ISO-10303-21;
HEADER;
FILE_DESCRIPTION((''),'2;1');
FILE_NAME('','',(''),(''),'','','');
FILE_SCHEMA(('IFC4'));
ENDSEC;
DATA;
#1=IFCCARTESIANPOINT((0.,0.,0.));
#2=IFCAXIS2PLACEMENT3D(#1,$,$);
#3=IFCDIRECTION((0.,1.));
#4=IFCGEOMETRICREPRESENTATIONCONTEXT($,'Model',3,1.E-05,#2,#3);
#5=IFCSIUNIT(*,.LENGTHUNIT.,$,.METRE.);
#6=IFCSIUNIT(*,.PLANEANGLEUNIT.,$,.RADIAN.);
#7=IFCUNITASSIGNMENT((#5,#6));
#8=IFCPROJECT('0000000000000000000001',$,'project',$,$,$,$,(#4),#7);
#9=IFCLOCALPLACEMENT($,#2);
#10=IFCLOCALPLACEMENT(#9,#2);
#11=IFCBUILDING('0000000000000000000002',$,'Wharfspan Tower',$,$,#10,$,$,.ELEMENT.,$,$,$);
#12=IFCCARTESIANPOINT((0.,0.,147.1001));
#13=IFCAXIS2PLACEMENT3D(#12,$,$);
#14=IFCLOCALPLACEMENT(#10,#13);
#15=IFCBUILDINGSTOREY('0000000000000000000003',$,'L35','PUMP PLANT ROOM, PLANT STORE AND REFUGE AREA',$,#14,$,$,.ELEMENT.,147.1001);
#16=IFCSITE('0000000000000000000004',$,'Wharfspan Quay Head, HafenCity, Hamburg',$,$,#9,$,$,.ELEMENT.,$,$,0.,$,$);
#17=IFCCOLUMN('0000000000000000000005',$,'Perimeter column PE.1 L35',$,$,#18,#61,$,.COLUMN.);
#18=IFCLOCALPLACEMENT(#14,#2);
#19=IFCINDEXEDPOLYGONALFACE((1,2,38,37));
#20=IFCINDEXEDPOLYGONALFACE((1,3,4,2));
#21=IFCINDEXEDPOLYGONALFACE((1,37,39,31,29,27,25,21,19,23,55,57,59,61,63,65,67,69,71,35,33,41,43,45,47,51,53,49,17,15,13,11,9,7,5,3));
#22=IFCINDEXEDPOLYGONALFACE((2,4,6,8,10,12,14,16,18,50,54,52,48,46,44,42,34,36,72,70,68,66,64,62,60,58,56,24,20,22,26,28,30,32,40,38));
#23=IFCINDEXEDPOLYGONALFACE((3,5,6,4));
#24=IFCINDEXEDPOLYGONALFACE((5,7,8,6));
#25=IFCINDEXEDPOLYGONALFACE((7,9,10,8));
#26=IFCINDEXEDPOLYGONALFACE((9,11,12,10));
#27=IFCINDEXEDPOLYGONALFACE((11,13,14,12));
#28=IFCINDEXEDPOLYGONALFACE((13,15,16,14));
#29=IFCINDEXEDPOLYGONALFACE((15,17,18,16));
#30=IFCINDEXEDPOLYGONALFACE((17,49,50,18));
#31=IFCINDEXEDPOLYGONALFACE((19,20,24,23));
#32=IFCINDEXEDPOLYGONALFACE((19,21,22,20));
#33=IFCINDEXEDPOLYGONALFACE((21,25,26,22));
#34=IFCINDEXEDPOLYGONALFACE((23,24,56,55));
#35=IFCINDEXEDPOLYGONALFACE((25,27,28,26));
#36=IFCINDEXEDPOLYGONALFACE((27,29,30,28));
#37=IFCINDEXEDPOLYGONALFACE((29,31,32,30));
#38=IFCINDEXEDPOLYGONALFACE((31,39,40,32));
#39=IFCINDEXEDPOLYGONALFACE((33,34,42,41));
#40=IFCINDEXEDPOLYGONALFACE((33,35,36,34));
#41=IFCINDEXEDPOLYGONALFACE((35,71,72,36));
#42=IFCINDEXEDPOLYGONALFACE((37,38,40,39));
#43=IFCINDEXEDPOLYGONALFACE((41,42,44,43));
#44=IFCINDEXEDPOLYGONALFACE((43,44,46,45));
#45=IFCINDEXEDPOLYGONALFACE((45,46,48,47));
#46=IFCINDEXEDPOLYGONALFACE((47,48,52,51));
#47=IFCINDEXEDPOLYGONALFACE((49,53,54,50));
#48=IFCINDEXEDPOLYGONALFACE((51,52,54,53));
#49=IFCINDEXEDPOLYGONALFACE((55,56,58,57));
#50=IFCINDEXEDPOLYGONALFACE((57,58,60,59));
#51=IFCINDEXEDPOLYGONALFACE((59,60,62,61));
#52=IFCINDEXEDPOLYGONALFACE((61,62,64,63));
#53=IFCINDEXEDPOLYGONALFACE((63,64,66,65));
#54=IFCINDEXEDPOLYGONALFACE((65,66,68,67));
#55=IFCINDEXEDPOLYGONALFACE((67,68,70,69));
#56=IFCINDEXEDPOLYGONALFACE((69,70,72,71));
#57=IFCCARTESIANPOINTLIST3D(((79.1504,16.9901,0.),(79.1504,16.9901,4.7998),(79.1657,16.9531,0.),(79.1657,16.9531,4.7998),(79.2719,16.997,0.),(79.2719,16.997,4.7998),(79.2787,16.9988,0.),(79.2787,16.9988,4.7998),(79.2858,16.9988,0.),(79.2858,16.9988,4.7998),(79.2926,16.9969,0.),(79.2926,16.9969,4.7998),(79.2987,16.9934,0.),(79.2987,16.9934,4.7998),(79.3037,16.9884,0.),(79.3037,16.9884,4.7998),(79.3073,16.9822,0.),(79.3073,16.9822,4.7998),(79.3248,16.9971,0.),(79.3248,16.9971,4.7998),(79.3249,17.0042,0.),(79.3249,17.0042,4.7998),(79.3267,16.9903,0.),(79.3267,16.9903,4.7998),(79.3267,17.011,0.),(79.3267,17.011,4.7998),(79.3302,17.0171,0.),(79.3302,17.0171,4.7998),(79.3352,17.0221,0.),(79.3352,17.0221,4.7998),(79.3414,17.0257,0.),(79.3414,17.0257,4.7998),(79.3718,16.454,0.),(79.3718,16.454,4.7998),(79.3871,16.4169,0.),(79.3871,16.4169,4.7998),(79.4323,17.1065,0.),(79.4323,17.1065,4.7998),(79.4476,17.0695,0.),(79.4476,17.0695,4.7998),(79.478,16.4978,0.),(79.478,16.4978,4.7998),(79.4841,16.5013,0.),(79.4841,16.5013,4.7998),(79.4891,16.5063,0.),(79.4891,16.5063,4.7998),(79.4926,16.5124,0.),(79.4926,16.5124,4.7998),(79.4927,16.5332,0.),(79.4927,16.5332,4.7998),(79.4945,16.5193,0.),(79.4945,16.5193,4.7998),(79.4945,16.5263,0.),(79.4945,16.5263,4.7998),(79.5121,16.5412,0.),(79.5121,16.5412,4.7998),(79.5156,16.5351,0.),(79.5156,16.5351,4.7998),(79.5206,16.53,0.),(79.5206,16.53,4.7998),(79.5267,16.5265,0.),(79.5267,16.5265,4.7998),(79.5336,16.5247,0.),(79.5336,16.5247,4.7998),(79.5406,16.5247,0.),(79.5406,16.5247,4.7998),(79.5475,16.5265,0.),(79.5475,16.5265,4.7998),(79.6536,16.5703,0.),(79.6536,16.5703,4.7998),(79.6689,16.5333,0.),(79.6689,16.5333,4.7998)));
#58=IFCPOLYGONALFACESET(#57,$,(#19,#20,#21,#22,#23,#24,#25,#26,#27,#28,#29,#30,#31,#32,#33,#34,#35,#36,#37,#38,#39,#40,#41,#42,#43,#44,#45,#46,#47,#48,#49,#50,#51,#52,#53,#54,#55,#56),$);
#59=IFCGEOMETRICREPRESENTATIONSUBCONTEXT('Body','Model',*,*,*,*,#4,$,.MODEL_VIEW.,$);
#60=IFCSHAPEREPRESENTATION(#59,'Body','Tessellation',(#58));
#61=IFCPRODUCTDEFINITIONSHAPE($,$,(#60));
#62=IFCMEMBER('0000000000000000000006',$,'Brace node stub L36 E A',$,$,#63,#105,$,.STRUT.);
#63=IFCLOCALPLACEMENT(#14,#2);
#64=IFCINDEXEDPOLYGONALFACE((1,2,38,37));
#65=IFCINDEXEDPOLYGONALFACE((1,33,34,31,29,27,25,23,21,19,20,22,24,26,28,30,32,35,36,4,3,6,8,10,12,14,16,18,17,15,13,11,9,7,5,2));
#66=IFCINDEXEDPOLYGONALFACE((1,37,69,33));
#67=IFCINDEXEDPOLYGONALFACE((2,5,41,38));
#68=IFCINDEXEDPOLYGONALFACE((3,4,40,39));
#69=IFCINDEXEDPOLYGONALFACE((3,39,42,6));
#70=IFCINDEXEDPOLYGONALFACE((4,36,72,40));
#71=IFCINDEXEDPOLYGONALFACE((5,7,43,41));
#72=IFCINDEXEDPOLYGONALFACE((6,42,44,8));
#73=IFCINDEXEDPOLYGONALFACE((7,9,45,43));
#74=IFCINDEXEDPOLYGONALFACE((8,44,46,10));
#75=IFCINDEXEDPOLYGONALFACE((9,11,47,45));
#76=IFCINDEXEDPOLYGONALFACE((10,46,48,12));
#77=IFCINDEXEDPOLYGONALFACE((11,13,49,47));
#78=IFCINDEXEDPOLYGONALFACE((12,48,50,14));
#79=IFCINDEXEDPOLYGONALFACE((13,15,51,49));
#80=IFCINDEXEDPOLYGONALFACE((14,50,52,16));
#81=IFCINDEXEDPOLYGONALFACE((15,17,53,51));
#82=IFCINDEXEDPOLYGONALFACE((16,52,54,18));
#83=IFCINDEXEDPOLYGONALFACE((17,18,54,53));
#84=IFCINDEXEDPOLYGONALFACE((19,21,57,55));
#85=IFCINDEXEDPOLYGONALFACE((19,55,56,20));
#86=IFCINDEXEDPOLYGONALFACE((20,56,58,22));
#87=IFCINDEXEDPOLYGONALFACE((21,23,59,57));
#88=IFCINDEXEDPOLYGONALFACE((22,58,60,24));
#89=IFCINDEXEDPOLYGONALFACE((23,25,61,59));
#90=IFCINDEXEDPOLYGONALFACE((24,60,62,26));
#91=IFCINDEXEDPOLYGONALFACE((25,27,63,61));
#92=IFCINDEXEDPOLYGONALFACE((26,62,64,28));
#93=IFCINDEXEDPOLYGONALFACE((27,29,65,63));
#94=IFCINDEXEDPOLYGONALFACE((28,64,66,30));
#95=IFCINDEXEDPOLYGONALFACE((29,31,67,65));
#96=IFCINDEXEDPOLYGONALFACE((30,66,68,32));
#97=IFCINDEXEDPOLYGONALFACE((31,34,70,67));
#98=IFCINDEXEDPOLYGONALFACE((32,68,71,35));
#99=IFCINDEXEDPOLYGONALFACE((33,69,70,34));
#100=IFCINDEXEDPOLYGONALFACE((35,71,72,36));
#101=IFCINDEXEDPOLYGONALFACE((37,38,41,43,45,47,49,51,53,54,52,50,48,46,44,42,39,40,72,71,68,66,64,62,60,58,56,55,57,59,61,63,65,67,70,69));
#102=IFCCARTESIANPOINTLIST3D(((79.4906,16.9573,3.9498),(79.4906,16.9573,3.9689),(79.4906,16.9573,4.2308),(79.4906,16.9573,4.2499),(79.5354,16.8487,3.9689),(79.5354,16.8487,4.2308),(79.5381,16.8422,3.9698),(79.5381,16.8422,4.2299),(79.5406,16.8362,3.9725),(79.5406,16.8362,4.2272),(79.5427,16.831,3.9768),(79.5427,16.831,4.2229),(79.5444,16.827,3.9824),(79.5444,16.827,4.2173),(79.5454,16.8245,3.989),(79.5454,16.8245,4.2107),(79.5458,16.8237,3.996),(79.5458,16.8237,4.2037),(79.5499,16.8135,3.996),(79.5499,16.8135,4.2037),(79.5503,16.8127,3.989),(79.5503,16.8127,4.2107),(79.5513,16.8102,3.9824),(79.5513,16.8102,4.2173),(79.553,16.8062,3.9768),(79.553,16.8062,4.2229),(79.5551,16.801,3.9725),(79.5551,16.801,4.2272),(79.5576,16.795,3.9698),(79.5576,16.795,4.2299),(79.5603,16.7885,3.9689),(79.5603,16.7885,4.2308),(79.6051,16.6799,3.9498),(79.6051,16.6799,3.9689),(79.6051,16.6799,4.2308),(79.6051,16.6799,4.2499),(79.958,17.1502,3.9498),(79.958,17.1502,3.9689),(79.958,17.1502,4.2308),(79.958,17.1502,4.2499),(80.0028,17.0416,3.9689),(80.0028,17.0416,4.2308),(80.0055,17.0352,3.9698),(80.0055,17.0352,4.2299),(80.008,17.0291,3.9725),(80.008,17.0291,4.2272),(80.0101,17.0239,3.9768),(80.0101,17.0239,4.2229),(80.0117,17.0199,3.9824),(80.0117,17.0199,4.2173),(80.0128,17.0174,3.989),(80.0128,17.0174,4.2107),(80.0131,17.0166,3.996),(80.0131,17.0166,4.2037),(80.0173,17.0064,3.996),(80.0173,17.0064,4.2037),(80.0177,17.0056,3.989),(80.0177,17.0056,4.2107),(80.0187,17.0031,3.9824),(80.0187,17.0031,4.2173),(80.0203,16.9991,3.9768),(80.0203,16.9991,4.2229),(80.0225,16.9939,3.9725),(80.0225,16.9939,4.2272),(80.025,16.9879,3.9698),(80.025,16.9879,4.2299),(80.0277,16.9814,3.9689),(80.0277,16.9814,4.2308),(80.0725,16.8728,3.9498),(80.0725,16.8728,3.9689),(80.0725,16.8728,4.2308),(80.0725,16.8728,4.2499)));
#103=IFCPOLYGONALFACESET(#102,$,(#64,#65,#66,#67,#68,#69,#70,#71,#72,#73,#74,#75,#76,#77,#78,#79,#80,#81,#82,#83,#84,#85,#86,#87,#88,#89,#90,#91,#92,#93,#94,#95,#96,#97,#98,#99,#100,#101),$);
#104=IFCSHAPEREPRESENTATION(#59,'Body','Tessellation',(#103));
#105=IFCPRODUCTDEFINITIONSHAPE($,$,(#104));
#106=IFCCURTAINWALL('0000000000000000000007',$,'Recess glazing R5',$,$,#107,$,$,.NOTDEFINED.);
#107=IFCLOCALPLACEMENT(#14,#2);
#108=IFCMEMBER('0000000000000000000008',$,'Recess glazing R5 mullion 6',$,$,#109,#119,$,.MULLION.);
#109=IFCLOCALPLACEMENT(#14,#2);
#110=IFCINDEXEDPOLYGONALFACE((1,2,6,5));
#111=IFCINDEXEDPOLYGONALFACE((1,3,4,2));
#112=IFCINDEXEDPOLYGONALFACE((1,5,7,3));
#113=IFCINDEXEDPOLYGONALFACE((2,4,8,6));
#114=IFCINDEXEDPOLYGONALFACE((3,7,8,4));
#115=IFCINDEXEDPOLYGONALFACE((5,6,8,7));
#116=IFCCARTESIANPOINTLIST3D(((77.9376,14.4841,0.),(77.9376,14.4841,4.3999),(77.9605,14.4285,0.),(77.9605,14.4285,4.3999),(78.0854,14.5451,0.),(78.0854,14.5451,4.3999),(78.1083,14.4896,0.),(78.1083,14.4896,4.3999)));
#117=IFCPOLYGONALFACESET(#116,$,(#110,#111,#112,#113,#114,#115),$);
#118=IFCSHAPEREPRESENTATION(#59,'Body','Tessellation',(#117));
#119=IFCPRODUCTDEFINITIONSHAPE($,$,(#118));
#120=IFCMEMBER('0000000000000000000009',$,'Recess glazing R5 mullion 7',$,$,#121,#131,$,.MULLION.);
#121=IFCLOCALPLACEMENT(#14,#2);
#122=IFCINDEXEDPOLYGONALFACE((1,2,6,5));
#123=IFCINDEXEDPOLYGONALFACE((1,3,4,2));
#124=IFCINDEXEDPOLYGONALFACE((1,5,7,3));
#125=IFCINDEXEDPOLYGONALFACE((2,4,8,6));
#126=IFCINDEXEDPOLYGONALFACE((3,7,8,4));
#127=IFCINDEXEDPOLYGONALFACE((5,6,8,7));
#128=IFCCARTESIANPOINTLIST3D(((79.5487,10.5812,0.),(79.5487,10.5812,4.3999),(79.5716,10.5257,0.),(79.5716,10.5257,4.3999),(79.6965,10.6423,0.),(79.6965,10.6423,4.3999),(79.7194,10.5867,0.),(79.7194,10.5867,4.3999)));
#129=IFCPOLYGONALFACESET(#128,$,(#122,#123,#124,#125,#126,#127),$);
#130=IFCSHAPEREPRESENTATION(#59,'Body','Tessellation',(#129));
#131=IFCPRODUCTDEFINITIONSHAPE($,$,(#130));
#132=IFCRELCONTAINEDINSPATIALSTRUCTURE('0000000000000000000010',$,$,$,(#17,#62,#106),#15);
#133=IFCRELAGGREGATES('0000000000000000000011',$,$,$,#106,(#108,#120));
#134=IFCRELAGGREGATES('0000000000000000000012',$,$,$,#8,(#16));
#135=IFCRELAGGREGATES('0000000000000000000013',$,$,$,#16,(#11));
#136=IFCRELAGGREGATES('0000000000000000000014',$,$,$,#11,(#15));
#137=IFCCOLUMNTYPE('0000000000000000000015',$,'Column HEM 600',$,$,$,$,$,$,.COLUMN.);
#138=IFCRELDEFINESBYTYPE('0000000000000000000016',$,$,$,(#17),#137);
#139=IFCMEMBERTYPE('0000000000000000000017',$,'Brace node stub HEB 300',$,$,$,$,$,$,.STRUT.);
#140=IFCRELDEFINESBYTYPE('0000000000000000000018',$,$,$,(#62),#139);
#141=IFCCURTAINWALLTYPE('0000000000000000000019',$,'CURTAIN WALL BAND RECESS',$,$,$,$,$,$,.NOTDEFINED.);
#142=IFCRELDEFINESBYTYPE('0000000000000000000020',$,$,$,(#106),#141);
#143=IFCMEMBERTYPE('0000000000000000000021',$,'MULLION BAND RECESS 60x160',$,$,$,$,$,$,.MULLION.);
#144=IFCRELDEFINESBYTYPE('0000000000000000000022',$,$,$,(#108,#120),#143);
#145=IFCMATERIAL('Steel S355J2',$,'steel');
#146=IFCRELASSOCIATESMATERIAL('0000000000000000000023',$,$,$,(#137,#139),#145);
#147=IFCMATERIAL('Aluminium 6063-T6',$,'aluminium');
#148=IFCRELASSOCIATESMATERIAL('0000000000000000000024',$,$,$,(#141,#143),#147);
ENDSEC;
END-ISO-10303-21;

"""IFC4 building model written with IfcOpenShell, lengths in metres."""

from ifc_helpers import new_model, si_unit, direction, frame, origin, origin_2d, place, context, subcontext, project, spatial, rectangle, i_section, extrude, material, material_profile, profile_set, type_object, element, aggregate, save


model = new_model("IFC4")

# Units and contexts
model_context = context("Model", 3, precision=1e-05, world=origin(), true_north=direction((0.0, 1.0)))
body_context = subcontext(model_context, "Body", "Model", "MODEL_VIEW")
ifc_project = project(units=[si_unit("LENGTHUNIT", "METRE"), si_unit("PLANEANGLEUNIT", "RADIAN")], contexts=[model_context])

# Site, building, storey
site_placement = place(None, origin())
site = spatial("IfcSite", under=ifc_project, at=site_placement, Name="Wharfspan Quay Head, HafenCity, Hamburg", CompositionType="ELEMENT", RefElevation=0.0)
building_placement = place(site_placement, origin())
building = spatial("IfcBuilding", under=site, at=building_placement, Name="Wharfspan Tower", CompositionType="ELEMENT")
storey_placement = place(building_placement, frame((0.0, 0.0, 147.1001)))
storey = spatial("IfcBuildingStorey", under=building, at=storey_placement, Name="L35", Description="PUMP PLANT ROOM, PLANT STORE AND REFUGE AREA", CompositionType="ELEMENT", Elevation=147.1001)

# Column
ifc_material_1 = material(Name="Steel S355J2", Category="steel")
ifc_material_profile_1 = material_profile(ifc_material_1, i_section(OverallWidth=0.3049, OverallDepth=0.6201, WebThickness=0.021, FlangeThickness=0.04, FilletRadius=0.0271, at=origin_2d()))
ifc_profile_set_1 = profile_set([ifc_material_profile_1], Name="Steel S355J2")
column_type = type_object("IfcColumnType", Name="Column HEM 600", PredefinedType="COLUMN", material=ifc_profile_set_1)
column_placement = place(storey_placement, frame((79.4097, 16.7617, 0.0), z_axis=(0.0, 0.0, 1.0), x_axis=(0.924325, 0.381602, 0.0)))
element("IfcColumn", 1, at=column_placement, inside=storey, type_object=column_type, Name="Perimeter column PE.1 L35", PredefinedType="COLUMN", context=body_context, shape_type="SweptSolid", body=[
    extrude(i_section(OverallWidth=0.3049, OverallDepth=0.6201, WebThickness=0.021, FlangeThickness=0.04, FilletRadius=0.0271, at=origin_2d()), origin(), (0.0, 0.0, 1.0), 4.7998),
])

# Member
ifc_material_profile_2 = material_profile(ifc_material_1, i_section(OverallWidth=0.3, OverallDepth=0.3, WebThickness=0.011, FlangeThickness=0.019, FilletRadius=0.0271, at=origin_2d()))
ifc_profile_set_2 = profile_set([ifc_material_profile_2], Name="Steel S355J2")
member_type_1 = type_object("IfcMemberType", Name="Brace node stub HEB 300", PredefinedType="STRUT", material=ifc_profile_set_2)
member_1_placement = place(storey_placement, frame((79.5479, 16.8186, 4.0999), z_axis=(0.924358, 0.381527, 0.0), x_axis=(-0.381527, 0.924358, 0.0)))
element("IfcMember", 2, at=member_1_placement, inside=storey, type_object=member_type_1, Name="Brace node stub L36 E A", PredefinedType="STRUT", context=body_context, shape_type="SweptSolid", body=[
    extrude(i_section(OverallWidth=0.3, OverallDepth=0.3, WebThickness=0.011, FlangeThickness=0.019, FilletRadius=0.0271, at=origin_2d()), origin(), (0.0, 0.0, 1.0), 0.5056),
])

# Curtain wall, members
ifc_material_2 = material(Name="Aluminium 6063-T6", Category="aluminium")
curtain_wall_type = type_object("IfcCurtainWallType", Name="CURTAIN WALL BAND RECESS", PredefinedType="NOTDEFINED", material=ifc_material_2)
curtain_wall_placement = place(storey_placement, origin())
curtain_wall = element("IfcCurtainWall", 3, at=curtain_wall_placement, inside=storey, type_object=curtain_wall_type, Name="Recess glazing R5", PredefinedType="NOTDEFINED")
ifc_material_profile_3 = material_profile(ifc_material_2, rectangle(XDim=0.1599, YDim=0.0601, at=origin_2d()))
ifc_profile_set_3 = profile_set([ifc_material_profile_3], Name="Aluminium 6063-T6")
member_type_2 = type_object("IfcMemberType", Name="MULLION BAND RECESS 60x160", PredefinedType="MULLION", material=ifc_profile_set_3)
member_2_placement = place(storey_placement, frame((78.0229, 14.4868, 0.0), z_axis=(0.0, 0.0, 1.0), x_axis=(0.924325, 0.381602, 0.0)))
member_2 = element("IfcMember", 4, at=member_2_placement, type_object=member_type_2, Name="Recess glazing R5 mullion 6", PredefinedType="MULLION", context=body_context, shape_type="SweptSolid", body=[
    extrude(rectangle(XDim=0.1599, YDim=0.0601, at=origin_2d()), origin(), (0.0, 0.0, 1.0), 4.3999),
])
member_3_placement = place(storey_placement, frame((79.634, 10.584, 0.0), z_axis=(0.0, 0.0, 1.0), x_axis=(0.924325, 0.381602, 0.0)))
member_3 = element("IfcMember", 5, at=member_3_placement, type_object=member_type_2, Name="Recess glazing R5 mullion 7", PredefinedType="MULLION", context=body_context, shape_type="SweptSolid", body=[
    extrude(rectangle(XDim=0.1599, YDim=0.0601, at=origin_2d()), origin(), (0.0, 0.0, 1.0), 4.3999),
])

aggregate(curtain_wall, [member_2, member_3])

save(model, "model.ifc")
